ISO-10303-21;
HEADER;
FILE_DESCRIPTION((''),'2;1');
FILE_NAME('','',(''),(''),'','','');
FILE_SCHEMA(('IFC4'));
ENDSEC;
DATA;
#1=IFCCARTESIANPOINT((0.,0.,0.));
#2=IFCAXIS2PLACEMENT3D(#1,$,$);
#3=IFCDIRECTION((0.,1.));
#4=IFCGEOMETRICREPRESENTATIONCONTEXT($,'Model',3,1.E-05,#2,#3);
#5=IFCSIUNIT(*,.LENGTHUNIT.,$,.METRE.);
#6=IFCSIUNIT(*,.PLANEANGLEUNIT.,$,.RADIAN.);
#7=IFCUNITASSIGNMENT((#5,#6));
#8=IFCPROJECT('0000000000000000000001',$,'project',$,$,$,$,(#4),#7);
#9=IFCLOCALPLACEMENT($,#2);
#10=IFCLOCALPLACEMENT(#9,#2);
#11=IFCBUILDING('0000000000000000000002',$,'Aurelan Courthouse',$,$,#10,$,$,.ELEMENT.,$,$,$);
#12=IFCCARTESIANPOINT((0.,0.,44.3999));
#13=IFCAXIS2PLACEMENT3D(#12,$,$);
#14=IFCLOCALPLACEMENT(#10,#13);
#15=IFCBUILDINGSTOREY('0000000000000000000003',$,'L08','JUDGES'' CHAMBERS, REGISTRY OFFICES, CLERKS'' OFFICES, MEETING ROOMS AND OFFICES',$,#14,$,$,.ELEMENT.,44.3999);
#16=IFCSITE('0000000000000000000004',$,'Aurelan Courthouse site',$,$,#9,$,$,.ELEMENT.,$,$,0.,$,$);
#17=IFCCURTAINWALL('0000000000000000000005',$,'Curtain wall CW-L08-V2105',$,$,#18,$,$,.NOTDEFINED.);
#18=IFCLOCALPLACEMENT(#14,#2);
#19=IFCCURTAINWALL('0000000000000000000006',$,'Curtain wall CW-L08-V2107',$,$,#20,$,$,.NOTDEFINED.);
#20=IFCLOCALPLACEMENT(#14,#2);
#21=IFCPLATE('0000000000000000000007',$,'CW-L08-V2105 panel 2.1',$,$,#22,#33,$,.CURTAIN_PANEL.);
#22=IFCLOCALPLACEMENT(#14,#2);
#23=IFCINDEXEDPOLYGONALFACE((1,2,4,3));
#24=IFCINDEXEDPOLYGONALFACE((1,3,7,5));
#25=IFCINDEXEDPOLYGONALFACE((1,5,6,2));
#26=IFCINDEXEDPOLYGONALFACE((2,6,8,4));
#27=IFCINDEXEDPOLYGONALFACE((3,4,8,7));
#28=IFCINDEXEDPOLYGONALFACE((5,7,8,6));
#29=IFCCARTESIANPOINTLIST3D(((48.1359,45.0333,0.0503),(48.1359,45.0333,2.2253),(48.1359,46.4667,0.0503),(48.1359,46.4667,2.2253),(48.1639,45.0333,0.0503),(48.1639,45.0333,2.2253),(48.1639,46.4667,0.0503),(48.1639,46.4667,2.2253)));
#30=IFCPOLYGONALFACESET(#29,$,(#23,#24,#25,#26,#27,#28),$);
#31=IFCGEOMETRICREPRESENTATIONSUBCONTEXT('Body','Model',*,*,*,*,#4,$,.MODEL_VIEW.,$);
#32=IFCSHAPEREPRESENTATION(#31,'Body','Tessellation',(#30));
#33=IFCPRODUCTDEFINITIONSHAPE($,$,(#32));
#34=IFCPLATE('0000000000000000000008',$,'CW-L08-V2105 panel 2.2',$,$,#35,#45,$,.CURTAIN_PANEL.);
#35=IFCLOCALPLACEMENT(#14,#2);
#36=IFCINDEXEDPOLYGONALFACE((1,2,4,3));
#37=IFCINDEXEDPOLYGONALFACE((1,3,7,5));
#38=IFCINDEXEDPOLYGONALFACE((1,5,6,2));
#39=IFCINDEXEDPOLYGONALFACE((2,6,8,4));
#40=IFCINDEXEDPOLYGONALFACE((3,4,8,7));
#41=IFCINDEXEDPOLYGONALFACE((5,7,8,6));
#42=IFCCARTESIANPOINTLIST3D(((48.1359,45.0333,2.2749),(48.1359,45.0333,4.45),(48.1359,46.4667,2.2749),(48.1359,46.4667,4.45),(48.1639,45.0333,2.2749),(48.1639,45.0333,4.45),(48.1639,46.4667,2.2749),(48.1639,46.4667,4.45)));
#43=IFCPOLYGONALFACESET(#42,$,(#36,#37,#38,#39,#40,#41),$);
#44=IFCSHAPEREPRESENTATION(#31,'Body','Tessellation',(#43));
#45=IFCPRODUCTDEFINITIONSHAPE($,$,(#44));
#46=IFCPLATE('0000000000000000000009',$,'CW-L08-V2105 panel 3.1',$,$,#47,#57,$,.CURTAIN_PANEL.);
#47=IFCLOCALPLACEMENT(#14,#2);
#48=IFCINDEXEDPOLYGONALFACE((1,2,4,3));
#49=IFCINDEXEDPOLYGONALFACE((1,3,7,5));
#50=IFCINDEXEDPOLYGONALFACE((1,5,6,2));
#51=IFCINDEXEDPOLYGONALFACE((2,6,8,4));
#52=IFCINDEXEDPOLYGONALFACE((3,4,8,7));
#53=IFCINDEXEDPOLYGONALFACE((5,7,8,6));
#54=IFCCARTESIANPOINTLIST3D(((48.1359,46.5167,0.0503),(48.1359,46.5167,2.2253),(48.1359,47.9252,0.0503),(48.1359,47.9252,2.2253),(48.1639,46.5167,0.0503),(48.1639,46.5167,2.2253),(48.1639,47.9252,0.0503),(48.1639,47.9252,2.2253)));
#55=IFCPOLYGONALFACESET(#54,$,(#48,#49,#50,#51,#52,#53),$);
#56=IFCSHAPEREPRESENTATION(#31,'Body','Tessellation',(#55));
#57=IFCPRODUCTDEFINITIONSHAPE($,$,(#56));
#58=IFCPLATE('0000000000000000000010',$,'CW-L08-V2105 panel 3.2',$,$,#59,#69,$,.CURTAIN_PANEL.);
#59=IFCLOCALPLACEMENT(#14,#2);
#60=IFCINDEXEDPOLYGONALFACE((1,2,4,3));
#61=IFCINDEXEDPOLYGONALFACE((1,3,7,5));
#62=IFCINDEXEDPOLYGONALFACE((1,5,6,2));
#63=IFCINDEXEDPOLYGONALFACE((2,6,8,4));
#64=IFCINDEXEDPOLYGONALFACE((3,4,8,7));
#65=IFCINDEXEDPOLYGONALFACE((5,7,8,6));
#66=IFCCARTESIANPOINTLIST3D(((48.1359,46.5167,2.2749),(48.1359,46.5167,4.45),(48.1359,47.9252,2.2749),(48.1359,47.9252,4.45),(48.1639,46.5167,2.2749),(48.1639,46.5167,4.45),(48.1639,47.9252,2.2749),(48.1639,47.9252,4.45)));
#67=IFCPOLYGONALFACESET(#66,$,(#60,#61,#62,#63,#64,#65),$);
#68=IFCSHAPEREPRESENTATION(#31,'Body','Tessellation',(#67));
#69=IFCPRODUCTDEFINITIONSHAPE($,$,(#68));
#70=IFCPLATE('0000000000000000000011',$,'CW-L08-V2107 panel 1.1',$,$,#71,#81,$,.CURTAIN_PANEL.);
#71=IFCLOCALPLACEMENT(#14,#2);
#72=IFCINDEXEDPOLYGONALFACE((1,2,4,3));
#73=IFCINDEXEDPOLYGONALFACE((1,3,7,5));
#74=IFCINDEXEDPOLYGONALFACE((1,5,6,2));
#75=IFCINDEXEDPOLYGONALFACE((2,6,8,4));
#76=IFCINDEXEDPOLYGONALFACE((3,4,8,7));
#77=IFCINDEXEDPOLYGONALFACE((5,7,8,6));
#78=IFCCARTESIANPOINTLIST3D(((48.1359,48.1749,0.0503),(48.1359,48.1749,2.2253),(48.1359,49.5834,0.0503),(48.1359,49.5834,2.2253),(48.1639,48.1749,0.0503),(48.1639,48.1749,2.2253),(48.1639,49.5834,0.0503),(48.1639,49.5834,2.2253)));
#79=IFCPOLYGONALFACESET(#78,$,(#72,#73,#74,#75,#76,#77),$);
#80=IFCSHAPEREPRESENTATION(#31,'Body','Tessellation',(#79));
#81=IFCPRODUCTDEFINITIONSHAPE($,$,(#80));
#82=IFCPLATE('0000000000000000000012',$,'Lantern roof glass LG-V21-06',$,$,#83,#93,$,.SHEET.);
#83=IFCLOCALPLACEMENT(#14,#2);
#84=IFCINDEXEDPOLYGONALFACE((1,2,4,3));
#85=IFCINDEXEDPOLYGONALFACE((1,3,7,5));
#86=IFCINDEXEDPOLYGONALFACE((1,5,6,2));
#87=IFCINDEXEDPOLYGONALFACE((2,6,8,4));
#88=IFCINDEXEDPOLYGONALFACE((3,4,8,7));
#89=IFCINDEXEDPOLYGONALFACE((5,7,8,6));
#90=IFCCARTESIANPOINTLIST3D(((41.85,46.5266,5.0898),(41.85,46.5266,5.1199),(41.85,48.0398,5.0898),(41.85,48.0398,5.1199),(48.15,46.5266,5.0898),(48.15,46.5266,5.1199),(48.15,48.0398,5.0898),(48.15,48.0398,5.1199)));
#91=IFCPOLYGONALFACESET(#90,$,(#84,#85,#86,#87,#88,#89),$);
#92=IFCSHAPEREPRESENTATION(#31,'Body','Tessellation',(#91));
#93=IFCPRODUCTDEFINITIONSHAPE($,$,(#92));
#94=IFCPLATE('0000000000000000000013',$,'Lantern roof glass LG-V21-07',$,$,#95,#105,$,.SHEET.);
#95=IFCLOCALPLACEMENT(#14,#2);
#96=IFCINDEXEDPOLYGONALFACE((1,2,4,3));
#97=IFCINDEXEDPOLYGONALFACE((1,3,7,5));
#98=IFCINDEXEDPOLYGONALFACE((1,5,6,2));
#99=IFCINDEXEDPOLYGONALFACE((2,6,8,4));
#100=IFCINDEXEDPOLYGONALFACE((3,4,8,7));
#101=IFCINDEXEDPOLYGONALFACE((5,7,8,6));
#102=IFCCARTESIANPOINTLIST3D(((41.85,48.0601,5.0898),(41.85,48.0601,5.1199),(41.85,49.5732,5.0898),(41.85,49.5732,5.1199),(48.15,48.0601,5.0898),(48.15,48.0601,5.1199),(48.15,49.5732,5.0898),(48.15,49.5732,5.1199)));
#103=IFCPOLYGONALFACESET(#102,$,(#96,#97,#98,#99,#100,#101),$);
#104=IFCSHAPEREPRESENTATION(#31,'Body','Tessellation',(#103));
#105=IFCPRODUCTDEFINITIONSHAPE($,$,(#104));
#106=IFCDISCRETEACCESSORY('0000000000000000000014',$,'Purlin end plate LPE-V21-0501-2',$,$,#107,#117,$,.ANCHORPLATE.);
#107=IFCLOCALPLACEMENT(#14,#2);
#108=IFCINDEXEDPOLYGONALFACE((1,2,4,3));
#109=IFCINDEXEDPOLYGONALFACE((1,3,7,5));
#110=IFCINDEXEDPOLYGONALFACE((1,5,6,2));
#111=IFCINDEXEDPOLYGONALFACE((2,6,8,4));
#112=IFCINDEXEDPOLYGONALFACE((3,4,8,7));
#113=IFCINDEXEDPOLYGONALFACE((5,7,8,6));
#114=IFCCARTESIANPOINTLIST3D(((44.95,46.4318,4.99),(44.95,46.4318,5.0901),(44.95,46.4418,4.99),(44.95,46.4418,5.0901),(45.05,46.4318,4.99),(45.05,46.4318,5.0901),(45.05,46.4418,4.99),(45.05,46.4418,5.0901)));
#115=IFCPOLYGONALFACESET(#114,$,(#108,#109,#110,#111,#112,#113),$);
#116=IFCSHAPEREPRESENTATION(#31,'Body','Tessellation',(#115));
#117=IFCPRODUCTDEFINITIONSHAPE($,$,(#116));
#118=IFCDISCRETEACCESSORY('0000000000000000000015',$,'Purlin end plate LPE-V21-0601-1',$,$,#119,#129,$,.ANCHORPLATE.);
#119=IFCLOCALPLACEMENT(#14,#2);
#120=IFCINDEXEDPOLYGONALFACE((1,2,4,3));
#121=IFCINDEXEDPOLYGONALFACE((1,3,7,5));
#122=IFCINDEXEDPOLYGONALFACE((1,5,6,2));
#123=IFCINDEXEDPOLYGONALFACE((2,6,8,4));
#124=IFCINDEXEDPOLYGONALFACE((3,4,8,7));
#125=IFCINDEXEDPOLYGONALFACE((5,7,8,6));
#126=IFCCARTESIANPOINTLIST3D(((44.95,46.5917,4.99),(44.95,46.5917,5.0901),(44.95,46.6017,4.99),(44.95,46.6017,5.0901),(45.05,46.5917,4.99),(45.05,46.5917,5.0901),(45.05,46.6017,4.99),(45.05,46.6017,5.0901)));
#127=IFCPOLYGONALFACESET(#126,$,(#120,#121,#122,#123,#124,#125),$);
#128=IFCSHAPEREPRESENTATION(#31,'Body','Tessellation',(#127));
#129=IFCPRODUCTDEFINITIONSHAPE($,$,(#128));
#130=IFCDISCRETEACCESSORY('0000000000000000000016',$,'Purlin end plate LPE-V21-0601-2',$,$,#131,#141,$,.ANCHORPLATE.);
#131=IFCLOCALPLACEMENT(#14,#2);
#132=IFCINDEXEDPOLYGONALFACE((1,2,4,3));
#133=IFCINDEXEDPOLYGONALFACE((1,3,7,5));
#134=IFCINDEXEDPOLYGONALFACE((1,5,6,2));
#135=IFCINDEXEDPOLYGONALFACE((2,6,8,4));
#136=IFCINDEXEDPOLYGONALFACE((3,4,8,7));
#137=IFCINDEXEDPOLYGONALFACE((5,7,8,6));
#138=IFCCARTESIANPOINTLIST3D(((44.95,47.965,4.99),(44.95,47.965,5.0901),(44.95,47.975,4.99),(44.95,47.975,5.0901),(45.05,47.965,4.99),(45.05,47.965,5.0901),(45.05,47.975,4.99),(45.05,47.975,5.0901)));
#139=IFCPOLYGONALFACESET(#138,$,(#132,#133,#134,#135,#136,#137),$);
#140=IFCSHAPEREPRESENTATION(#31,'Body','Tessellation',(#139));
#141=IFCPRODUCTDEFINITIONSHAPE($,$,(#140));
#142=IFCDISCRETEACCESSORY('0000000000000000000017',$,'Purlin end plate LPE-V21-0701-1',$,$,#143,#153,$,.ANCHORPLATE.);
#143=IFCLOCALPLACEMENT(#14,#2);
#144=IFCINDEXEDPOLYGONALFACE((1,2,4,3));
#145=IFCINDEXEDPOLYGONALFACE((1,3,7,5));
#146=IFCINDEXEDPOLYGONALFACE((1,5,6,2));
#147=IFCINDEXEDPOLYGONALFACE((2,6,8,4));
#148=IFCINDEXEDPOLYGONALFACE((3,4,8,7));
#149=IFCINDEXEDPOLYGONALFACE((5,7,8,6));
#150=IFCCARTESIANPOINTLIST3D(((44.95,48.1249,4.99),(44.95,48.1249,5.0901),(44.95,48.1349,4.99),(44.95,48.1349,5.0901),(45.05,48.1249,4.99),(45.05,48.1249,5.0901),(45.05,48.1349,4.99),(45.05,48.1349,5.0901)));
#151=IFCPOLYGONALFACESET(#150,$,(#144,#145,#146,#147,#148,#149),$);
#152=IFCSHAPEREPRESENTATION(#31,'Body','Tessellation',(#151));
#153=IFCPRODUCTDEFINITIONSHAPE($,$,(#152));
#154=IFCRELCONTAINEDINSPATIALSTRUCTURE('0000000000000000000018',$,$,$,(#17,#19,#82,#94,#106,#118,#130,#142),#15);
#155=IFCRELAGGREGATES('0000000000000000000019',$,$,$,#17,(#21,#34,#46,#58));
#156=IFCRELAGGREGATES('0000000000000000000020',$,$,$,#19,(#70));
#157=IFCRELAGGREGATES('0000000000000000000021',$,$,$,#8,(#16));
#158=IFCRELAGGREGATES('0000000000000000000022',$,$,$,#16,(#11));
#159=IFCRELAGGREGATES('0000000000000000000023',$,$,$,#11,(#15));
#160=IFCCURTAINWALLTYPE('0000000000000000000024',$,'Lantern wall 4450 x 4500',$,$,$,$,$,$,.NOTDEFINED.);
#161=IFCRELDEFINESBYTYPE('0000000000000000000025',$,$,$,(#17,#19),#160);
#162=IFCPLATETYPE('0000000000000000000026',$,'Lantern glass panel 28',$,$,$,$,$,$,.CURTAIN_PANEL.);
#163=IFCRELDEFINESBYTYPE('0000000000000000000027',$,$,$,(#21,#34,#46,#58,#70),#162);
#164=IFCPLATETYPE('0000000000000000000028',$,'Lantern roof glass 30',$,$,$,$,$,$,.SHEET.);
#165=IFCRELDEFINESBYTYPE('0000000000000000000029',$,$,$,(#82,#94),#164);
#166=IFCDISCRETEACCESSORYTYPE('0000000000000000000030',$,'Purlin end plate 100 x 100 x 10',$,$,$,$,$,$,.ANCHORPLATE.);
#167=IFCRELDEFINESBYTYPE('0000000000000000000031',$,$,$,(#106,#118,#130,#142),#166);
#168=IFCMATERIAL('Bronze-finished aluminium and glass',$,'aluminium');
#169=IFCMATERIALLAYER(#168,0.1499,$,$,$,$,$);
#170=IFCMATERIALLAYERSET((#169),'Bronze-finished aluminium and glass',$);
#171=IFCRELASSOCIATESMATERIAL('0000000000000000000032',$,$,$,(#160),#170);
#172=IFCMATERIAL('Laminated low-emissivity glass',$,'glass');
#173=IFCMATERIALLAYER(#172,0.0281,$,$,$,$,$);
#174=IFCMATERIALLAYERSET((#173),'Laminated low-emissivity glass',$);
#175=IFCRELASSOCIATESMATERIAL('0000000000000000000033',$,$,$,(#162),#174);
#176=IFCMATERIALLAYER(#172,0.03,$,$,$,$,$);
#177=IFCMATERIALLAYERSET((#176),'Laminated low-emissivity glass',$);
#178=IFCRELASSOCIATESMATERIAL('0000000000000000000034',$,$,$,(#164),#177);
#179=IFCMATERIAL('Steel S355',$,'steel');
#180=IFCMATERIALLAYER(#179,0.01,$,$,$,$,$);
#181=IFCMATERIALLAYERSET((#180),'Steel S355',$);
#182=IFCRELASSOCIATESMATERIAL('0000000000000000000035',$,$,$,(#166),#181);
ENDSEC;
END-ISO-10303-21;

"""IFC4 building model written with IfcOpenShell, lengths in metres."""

from ifc_helpers import new_model, si_unit, direction, frame, origin, origin_2d, place, context, subcontext, project, spatial, rectangle, extrude, material, layer, layer_set, type_object, element, aggregate, save


model = new_model("IFC4")

# Units and contexts
model_context = context("Model", 3, precision=1e-05, world=origin(), true_north=direction((0.0, 1.0)))
body_context = subcontext(model_context, "Body", "Model", "MODEL_VIEW")
ifc_project = project(units=[si_unit("LENGTHUNIT", "METRE"), si_unit("PLANEANGLEUNIT", "RADIAN")], contexts=[model_context])

# Site, building, storey
site_placement = place(None, origin())
site = spatial("IfcSite", under=ifc_project, at=site_placement, Name="Aurelan Courthouse site", CompositionType="ELEMENT", RefElevation=0.0)
building_placement = place(site_placement, origin())
building = spatial("IfcBuilding", under=site, at=building_placement, Name="Aurelan Courthouse", CompositionType="ELEMENT")
storey_placement = place(building_placement, frame((0.0, 0.0, 44.3999)))
storey = spatial("IfcBuildingStorey", under=building, at=storey_placement, Name="L08", Description="JUDGES' CHAMBERS, REGISTRY OFFICES, CLERKS' OFFICES, MEETING ROOMS AND OFFICES", CompositionType="ELEMENT", Elevation=44.3999)

# Shared definitions
ifc_material_1 = material(Name="Steel S355", Category="steel")

# Curtain wall
ifc_material_2 = material(Name="Bronze-finished aluminium and glass", Category="aluminium")
ifc_layer_1 = layer(ifc_material_2, 0.1499)
ifc_layer_set_1 = layer_set([ifc_layer_1], Name="Bronze-finished aluminium and glass")
curtain_wall_type = type_object("IfcCurtainWallType", Name="Lantern wall 4450 x 4500", PredefinedType="NOTDEFINED", material=ifc_layer_set_1)
curtain_wall_1_placement = place(storey_placement, origin())
curtain_wall_1 = element("IfcCurtainWall", 1, at=curtain_wall_1_placement, inside=storey, type_object=curtain_wall_type, Name="Curtain wall CW-L08-V2105", PredefinedType="NOTDEFINED")

# Curtain wall
curtain_wall_2_placement = place(storey_placement, origin())
curtain_wall_2 = element("IfcCurtainWall", 2, at=curtain_wall_2_placement, inside=storey, type_object=curtain_wall_type, Name="Curtain wall CW-L08-V2107", PredefinedType="NOTDEFINED")

# Plates
ifc_material_3 = material(Name="Laminated low-emissivity glass", Category="glass")
ifc_layer_2 = layer(ifc_material_3, 0.0281)
ifc_layer_set_2 = layer_set([ifc_layer_2], Name="Laminated low-emissivity glass")
plate_type_1 = type_object("IfcPlateType", Name="Lantern glass panel 28", PredefinedType="CURTAIN_PANEL", material=ifc_layer_set_2)
plate_1_placement = place(storey_placement, frame((48.1499, 45.75, 0.0503), z_axis=(0.0, 0.0, 1.0), x_axis=(0.0, 1.0, 0.0)))
plate_1 = element("IfcPlate", 3, at=plate_1_placement, type_object=plate_type_1, Name="CW-L08-V2105 panel 2.1", PredefinedType="CURTAIN_PANEL", context=body_context, shape_type="SweptSolid", body=[
    extrude(rectangle(XDim=1.4333, YDim=0.0281, at=origin_2d()), origin(), (0.0, 0.0, 1.0), 2.175),
])
plate_2_placement = place(storey_placement, frame((48.1499, 45.75, 2.2749), z_axis=(0.0, 0.0, 1.0), x_axis=(0.0, 1.0, 0.0)))
plate_2 = element("IfcPlate", 4, at=plate_2_placement, type_object=plate_type_1, Name="CW-L08-V2105 panel 2.2", PredefinedType="CURTAIN_PANEL", context=body_context, shape_type="SweptSolid", body=[
    extrude(rectangle(XDim=1.4333, YDim=0.0281, at=origin_2d()), origin(), (0.0, 0.0, 1.0), 2.175),
])
plate_3_placement = place(storey_placement, frame((48.1499, 47.2209, 0.0503), z_axis=(0.0, 0.0, 1.0), x_axis=(0.0, 1.0, 0.0)))
plate_3 = element("IfcPlate", 5, at=plate_3_placement, type_object=plate_type_1, Name="CW-L08-V2105 panel 3.1", PredefinedType="CURTAIN_PANEL", context=body_context, shape_type="SweptSolid", body=[
    extrude(rectangle(XDim=1.4084, YDim=0.0281, at=origin_2d()), origin(), (0.0, 0.0, 1.0), 2.175),
])
plate_4_placement = place(storey_placement, frame((48.1499, 47.2209, 2.2749), z_axis=(0.0, 0.0, 1.0), x_axis=(0.0, 1.0, 0.0)))
plate_4 = element("IfcPlate", 6, at=plate_4_placement, type_object=plate_type_1, Name="CW-L08-V2105 panel 3.2", PredefinedType="CURTAIN_PANEL", context=body_context, shape_type="SweptSolid", body=[
    extrude(rectangle(XDim=1.4084, YDim=0.0281, at=origin_2d()), origin(), (0.0, 0.0, 1.0), 2.175),
])
aggregate(curtain_wall_1, [plate_1, plate_2, plate_3, plate_4])
plate_5_placement = place(storey_placement, frame((48.1499, 48.8792, 0.0503), z_axis=(0.0, 0.0, 1.0), x_axis=(0.0, 1.0, 0.0)))
plate_5 = element("IfcPlate", 7, at=plate_5_placement, type_object=plate_type_1, Name="CW-L08-V2107 panel 1.1", PredefinedType="CURTAIN_PANEL", context=body_context, shape_type="SweptSolid", body=[
    extrude(rectangle(XDim=1.4084, YDim=0.0281, at=origin_2d()), origin(), (0.0, 0.0, 1.0), 2.175),
])
aggregate(curtain_wall_2, [plate_5])

# Plates
ifc_layer_3 = layer(ifc_material_3, 0.03)
ifc_layer_set_3 = layer_set([ifc_layer_3], Name="Laminated low-emissivity glass")
plate_type_2 = type_object("IfcPlateType", Name="Lantern roof glass 30", PredefinedType="SHEET", material=ifc_layer_set_3)
for number, where, z_axis, x_axis, name in (
    (8, (45.0, 47.2832, 5.0898), (0.0, 0.0, 1.0), (1.0, 0.0, 0.0), "Lantern roof glass LG-V21-06"),
    (9, (45.0, 48.8167, 5.0898), (0.0, 0.0, 1.0), (1.0, 0.0, 0.0), "Lantern roof glass LG-V21-07"),
):
    element("IfcPlate", number, at=place(storey_placement, frame(where, z_axis=z_axis, x_axis=x_axis)), inside=storey, type_object=plate_type_2, Name=name, PredefinedType="SHEET", context=body_context, shape_type="SweptSolid", body=[
        extrude(rectangle(XDim=6.3, YDim=1.5132, at=origin_2d()), origin(), (0.0, 0.0, 1.0), 0.03),
    ])

# Discrete accessories
ifc_layer_4 = layer(ifc_material_1, 0.01)
ifc_layer_set_4 = layer_set([ifc_layer_4], Name="Steel S355")
discrete_accessory_type = type_object("IfcDiscreteAccessoryType", Name="Purlin end plate 100 x 100 x 10", PredefinedType="ANCHORPLATE", material=ifc_layer_set_4)
for number, where, z_axis, x_axis, name in (
    (10, (45.0, 46.4368, 4.99), (0.0, 0.0, 1.0), (1.0, 0.0, 0.0), "Purlin end plate LPE-V21-0501-2"),
    (11, (45.0, 46.5967, 4.99), (0.0, 0.0, 1.0), (1.0, 0.0, 0.0), "Purlin end plate LPE-V21-0601-1"),
    (12, (45.0, 47.97, 4.99), (0.0, 0.0, 1.0), (1.0, 0.0, 0.0), "Purlin end plate LPE-V21-0601-2"),
    (13, (45.0, 48.1299, 4.99), (0.0, 0.0, 1.0), (1.0, 0.0, 0.0), "Purlin end plate LPE-V21-0701-1"),
):
    element("IfcDiscreteAccessory", number, at=place(storey_placement, frame(where, z_axis=z_axis, x_axis=x_axis)), inside=storey, type_object=discrete_accessory_type, Name=name, PredefinedType="ANCHORPLATE", context=body_context, shape_type="SweptSolid", body=[
        extrude(rectangle(XDim=0.1001, YDim=0.01, at=origin_2d()), origin(), (0.0, 0.0, 1.0), 0.1001),
    ])

save(model, "model.ifc")
